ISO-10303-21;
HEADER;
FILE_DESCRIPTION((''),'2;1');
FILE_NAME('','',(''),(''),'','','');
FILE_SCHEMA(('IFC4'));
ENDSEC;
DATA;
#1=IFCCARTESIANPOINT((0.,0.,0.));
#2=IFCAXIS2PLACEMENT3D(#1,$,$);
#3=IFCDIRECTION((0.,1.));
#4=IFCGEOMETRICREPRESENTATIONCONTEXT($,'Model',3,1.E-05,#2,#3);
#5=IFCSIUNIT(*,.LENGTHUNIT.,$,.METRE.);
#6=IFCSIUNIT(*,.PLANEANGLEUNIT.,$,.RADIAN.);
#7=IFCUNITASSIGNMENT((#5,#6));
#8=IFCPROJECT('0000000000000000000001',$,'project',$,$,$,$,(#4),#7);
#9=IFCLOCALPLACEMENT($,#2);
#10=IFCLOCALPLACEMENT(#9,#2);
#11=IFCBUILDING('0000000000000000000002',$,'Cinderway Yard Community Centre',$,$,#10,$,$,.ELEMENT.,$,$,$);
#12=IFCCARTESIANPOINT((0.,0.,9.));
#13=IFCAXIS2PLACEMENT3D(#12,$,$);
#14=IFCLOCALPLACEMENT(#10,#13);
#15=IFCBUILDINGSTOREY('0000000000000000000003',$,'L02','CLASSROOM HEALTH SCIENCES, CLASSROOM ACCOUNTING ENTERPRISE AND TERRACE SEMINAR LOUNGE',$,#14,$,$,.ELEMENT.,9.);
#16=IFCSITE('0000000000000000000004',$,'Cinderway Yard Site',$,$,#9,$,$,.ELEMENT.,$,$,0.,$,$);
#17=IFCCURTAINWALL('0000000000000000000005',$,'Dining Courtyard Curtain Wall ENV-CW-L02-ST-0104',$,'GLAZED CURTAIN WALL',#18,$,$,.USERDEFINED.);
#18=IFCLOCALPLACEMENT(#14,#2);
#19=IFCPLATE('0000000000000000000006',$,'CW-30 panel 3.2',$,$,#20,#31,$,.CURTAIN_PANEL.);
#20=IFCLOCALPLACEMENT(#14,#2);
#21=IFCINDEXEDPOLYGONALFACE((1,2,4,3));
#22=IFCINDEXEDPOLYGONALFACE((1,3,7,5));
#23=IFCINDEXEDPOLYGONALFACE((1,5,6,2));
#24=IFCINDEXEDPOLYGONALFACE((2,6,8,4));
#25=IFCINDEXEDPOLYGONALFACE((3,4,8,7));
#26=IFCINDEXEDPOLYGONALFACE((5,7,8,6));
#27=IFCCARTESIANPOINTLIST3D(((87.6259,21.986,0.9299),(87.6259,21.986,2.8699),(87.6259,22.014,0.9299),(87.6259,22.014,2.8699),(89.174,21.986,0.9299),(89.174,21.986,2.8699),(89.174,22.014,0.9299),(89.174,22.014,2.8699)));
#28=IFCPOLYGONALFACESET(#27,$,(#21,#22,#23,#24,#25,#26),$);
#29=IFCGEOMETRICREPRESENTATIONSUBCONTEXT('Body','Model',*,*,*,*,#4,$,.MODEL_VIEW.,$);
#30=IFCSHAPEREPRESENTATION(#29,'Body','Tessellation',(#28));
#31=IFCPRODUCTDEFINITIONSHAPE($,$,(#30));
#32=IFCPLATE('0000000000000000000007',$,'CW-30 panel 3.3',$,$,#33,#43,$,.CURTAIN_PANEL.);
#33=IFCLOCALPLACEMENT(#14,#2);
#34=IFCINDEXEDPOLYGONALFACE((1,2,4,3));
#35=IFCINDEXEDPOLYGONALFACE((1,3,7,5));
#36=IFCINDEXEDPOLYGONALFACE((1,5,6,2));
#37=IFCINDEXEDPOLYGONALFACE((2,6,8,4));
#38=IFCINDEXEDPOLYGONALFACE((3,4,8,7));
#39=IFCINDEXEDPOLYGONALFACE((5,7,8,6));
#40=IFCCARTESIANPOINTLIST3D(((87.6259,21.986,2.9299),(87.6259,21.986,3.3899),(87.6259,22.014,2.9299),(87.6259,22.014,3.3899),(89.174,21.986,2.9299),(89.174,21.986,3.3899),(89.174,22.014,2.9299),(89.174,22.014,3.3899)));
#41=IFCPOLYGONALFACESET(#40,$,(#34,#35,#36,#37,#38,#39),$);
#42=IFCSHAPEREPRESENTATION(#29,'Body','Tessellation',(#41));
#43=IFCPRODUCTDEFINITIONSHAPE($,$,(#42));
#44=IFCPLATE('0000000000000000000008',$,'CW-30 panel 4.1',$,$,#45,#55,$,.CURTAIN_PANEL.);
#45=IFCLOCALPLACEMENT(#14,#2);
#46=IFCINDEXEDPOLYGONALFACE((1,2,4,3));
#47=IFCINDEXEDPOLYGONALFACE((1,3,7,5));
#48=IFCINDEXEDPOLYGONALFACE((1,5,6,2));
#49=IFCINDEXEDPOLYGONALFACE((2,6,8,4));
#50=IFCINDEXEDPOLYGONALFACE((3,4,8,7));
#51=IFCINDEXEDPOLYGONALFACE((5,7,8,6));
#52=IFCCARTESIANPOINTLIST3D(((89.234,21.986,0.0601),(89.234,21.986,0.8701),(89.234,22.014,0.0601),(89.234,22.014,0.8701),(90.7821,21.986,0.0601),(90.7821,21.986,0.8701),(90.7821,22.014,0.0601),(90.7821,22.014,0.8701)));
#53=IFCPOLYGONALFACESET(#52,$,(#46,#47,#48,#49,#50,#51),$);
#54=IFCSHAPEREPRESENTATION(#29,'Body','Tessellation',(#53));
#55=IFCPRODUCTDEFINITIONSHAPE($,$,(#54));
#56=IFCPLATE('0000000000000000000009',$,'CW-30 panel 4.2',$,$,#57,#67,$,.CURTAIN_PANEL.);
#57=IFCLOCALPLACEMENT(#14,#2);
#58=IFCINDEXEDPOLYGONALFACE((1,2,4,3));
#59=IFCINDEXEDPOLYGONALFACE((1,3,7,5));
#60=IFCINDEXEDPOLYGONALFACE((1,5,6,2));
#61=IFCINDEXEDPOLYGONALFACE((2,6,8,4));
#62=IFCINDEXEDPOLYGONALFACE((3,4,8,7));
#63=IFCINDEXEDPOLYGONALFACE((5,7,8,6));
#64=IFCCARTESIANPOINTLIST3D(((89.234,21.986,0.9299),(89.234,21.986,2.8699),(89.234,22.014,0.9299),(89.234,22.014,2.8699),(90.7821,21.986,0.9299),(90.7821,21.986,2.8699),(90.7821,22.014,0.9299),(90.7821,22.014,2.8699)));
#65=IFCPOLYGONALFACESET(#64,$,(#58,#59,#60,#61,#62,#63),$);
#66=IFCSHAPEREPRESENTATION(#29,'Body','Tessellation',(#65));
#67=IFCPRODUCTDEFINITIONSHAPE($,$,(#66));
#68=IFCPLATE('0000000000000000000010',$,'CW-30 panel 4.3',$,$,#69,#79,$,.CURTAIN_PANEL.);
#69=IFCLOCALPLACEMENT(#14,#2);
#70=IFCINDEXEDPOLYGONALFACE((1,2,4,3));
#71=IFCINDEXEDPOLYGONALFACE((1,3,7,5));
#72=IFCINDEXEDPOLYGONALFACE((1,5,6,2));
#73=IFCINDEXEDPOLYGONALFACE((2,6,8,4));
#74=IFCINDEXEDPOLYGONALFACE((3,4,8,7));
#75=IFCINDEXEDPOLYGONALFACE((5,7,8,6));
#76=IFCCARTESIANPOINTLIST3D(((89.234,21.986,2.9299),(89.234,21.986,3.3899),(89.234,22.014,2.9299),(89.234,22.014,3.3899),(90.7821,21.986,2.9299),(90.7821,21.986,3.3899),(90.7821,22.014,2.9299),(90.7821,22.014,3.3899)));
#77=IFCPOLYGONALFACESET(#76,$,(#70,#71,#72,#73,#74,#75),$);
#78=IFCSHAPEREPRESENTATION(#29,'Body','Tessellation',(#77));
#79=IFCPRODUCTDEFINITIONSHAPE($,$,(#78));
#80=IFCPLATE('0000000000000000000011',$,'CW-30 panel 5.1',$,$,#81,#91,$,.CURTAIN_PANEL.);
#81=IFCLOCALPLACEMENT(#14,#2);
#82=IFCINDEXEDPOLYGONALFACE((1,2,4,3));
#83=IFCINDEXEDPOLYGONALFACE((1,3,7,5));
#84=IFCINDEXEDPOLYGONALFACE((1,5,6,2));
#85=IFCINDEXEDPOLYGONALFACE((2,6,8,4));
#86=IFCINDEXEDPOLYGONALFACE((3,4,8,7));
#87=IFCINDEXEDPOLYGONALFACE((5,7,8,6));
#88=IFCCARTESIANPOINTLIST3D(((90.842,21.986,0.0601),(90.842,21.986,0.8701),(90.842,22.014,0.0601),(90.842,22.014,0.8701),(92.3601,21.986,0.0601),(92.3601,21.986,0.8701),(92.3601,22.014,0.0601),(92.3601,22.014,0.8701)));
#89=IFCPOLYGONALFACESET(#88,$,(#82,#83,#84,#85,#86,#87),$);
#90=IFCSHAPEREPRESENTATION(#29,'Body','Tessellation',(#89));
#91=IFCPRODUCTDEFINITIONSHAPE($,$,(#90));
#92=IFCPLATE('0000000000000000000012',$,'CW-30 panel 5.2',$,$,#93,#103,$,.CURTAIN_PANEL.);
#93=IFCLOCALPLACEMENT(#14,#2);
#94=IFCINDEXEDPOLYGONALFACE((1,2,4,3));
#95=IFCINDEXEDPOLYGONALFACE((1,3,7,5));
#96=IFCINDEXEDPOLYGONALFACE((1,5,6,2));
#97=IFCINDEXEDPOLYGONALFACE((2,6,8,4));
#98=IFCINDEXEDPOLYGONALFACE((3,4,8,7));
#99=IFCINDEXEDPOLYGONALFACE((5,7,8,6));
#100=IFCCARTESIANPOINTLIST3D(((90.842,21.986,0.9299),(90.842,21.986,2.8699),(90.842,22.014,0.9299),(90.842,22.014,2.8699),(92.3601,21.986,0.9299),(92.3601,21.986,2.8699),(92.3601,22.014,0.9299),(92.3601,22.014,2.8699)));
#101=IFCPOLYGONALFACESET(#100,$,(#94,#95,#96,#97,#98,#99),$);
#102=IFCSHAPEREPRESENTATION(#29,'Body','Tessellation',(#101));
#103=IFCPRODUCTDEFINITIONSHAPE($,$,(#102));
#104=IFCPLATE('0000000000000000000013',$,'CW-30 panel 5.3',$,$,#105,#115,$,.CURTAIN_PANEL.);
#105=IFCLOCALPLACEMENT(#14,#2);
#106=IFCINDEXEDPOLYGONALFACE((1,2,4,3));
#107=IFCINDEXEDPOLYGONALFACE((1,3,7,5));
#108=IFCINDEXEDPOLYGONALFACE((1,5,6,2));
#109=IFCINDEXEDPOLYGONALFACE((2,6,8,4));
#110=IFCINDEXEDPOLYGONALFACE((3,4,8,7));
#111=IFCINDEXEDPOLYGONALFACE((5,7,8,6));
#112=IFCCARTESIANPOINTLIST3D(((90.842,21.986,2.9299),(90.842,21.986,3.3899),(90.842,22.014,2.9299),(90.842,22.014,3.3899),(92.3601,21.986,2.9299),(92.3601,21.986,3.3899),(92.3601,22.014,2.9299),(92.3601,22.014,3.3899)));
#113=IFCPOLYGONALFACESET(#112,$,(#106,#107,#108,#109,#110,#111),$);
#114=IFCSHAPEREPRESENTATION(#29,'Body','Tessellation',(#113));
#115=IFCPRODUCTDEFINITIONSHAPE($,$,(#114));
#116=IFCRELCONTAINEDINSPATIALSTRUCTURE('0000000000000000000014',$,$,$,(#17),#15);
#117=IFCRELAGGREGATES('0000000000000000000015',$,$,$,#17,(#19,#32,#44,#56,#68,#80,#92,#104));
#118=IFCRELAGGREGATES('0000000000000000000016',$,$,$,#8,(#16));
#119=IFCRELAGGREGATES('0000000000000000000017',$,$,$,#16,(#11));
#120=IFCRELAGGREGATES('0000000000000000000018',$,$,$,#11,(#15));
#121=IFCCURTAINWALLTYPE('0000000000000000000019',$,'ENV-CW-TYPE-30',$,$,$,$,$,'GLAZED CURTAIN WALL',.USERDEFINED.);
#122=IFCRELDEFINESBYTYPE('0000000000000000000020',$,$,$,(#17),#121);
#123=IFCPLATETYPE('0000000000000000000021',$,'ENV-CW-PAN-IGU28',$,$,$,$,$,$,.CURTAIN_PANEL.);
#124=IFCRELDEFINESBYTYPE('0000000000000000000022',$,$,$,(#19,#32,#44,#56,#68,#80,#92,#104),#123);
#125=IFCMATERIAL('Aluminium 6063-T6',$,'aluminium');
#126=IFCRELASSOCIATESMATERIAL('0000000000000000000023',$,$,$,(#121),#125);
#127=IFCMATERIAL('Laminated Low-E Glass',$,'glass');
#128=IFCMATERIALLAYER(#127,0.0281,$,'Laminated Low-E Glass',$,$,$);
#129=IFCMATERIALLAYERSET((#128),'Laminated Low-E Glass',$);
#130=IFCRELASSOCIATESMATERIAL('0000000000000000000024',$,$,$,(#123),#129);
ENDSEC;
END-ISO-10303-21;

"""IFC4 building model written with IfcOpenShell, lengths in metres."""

from ifc_helpers import new_model, si_unit, direction, frame, origin, origin_2d, place, context, subcontext, project, spatial, rectangle, extrude, material, layer, layer_set, type_object, element, aggregate, save


model = new_model("IFC4")

# Units and contexts
model_context = context("Model", 3, precision=1e-05, world=origin(), true_north=direction((0.0, 1.0)))
body_context = subcontext(model_context, "Body", "Model", "MODEL_VIEW")
ifc_project = project(units=[si_unit("LENGTHUNIT", "METRE"), si_unit("PLANEANGLEUNIT", "RADIAN")], contexts=[model_context])

# Site, building, storey
site_placement = place(None, origin())
site = spatial("IfcSite", under=ifc_project, at=site_placement, Name="Cinderway Yard Site", CompositionType="ELEMENT", RefElevation=0.0)
building_placement = place(site_placement, origin())
building = spatial("IfcBuilding", under=site, at=building_placement, Name="Cinderway Yard Community Centre", CompositionType="ELEMENT")
storey_placement = place(building_placement, frame((0.0, 0.0, 9.0)))
storey = spatial("IfcBuildingStorey", under=building, at=storey_placement, Name="L02", Description="CLASSROOM HEALTH SCIENCES, CLASSROOM ACCOUNTING ENTERPRISE AND TERRACE SEMINAR LOUNGE", CompositionType="ELEMENT", Elevation=9.0)

# Curtain wall
ifc_material_1 = material(Name="Aluminium 6063-T6", Category="aluminium")
curtain_wall_type = type_object("IfcCurtainWallType", Name="ENV-CW-TYPE-30", ElementType="GLAZED CURTAIN WALL", PredefinedType="USERDEFINED", material=ifc_material_1)
curtain_wall_1_placement = place(storey_placement, origin())
curtain_wall_1 = element("IfcCurtainWall", 1, at=curtain_wall_1_placement, inside=storey, type_object=curtain_wall_type, Name="Dining Courtyard Curtain Wall ENV-CW-L02-ST-0104", ObjectType="GLAZED CURTAIN WALL", PredefinedType="USERDEFINED")

# Plates
ifc_material_2 = material(Name="Laminated Low-E Glass", Category="glass")
ifc_layer = layer(ifc_material_2, 0.0281, Name="Laminated Low-E Glass")
ifc_layer_set = layer_set([ifc_layer], Name="Laminated Low-E Glass")
plate_type = type_object("IfcPlateType", Name="ENV-CW-PAN-IGU28", PredefinedType="CURTAIN_PANEL", material=ifc_layer_set)
plate_1_placement = place(storey_placement, frame((88.3999, 22.0, 0.9299), z_axis=(0.0, 0.0, 1.0), x_axis=(1.0, 0.0, 0.0)))
plate_1 = element("IfcPlate", 2, at=plate_1_placement, type_object=plate_type, Name="CW-30 panel 3.2", PredefinedType="CURTAIN_PANEL", context=body_context, shape_type="SweptSolid", body=[
    extrude(rectangle(XDim=1.5481, YDim=0.0281, at=origin_2d()), origin(), (0.0, 0.0, 1.0), 1.9399),
])
plate_2_placement = place(storey_placement, frame((88.3999, 22.0, 2.9299), z_axis=(0.0, 0.0, 1.0), x_axis=(1.0, 0.0, 0.0)))
plate_2 = element("IfcPlate", 3, at=plate_2_placement, type_object=plate_type, Name="CW-30 panel 3.3", PredefinedType="CURTAIN_PANEL", context=body_context, shape_type="SweptSolid", body=[
    extrude(rectangle(XDim=1.5481, YDim=0.0281, at=origin_2d()), origin(), (0.0, 0.0, 1.0), 0.46),
])
plate_3_placement = place(storey_placement, frame((90.0081, 22.0, 0.0601), z_axis=(0.0, 0.0, 1.0), x_axis=(1.0, 0.0, 0.0)))
plate_3 = element("IfcPlate", 4, at=plate_3_placement, type_object=plate_type, Name="CW-30 panel 4.1", PredefinedType="CURTAIN_PANEL", context=body_context, shape_type="SweptSolid", body=[
    extrude(rectangle(XDim=1.5481, YDim=0.0281, at=origin_2d()), origin(), (0.0, 0.0, 1.0), 0.8101),
])
plate_4_placement = place(storey_placement, frame((90.0081, 22.0, 0.9299), z_axis=(0.0, 0.0, 1.0), x_axis=(1.0, 0.0, 0.0)))
plate_4 = element("IfcPlate", 5, at=plate_4_placement, type_object=plate_type, Name="CW-30 panel 4.2", PredefinedType="CURTAIN_PANEL", context=body_context, shape_type="SweptSolid", body=[
    extrude(rectangle(XDim=1.5481, YDim=0.0281, at=origin_2d()), origin(), (0.0, 0.0, 1.0), 1.9399),
])
plate_5_placement = place(storey_placement, frame((90.0081, 22.0, 2.9299), z_axis=(0.0, 0.0, 1.0), x_axis=(1.0, 0.0, 0.0)))
plate_5 = element("IfcPlate", 6, at=plate_5_placement, type_object=plate_type, Name="CW-30 panel 4.3", PredefinedType="CURTAIN_PANEL", context=body_context, shape_type="SweptSolid", body=[
    extrude(rectangle(XDim=1.5481, YDim=0.0281, at=origin_2d()), origin(), (0.0, 0.0, 1.0), 0.46),
])
plate_6_placement = place(storey_placement, frame((91.6011, 22.0, 0.0601), z_axis=(0.0, 0.0, 1.0), x_axis=(1.0, 0.0, 0.0)))
plate_6 = element("IfcPlate", 7, at=plate_6_placement, type_object=plate_type, Name="CW-30 panel 5.1", PredefinedType="CURTAIN_PANEL", context=body_context, shape_type="SweptSolid", body=[
    extrude(rectangle(XDim=1.5181, YDim=0.0281, at=origin_2d()), origin(), (0.0, 0.0, 1.0), 0.8101),
])
plate_7_placement = place(storey_placement, frame((91.6011, 22.0, 0.9299), z_axis=(0.0, 0.0, 1.0), x_axis=(1.0, 0.0, 0.0)))
plate_7 = element("IfcPlate", 8, at=plate_7_placement, type_object=plate_type, Name="CW-30 panel 5.2", PredefinedType="CURTAIN_PANEL", context=body_context, shape_type="SweptSolid", body=[
    extrude(rectangle(XDim=1.5181, YDim=0.0281, at=origin_2d()), origin(), (0.0, 0.0, 1.0), 1.9399),
])
plate_8_placement = place(storey_placement, frame((91.6011, 22.0, 2.9299), z_axis=(0.0, 0.0, 1.0), x_axis=(1.0, 0.0, 0.0)))
plate_8 = element("IfcPlate", 9, at=plate_8_placement, type_object=plate_type, Name="CW-30 panel 5.3", PredefinedType="CURTAIN_PANEL", context=body_context, shape_type="SweptSolid", body=[
    extrude(rectangle(XDim=1.5181, YDim=0.0281, at=origin_2d()), origin(), (0.0, 0.0, 1.0), 0.46),
])
aggregate(curtain_wall_1, [plate_1, plate_2, plate_3, plate_4, plate_5, plate_6, plate_7, plate_8])

save(model, "model.ifc")
